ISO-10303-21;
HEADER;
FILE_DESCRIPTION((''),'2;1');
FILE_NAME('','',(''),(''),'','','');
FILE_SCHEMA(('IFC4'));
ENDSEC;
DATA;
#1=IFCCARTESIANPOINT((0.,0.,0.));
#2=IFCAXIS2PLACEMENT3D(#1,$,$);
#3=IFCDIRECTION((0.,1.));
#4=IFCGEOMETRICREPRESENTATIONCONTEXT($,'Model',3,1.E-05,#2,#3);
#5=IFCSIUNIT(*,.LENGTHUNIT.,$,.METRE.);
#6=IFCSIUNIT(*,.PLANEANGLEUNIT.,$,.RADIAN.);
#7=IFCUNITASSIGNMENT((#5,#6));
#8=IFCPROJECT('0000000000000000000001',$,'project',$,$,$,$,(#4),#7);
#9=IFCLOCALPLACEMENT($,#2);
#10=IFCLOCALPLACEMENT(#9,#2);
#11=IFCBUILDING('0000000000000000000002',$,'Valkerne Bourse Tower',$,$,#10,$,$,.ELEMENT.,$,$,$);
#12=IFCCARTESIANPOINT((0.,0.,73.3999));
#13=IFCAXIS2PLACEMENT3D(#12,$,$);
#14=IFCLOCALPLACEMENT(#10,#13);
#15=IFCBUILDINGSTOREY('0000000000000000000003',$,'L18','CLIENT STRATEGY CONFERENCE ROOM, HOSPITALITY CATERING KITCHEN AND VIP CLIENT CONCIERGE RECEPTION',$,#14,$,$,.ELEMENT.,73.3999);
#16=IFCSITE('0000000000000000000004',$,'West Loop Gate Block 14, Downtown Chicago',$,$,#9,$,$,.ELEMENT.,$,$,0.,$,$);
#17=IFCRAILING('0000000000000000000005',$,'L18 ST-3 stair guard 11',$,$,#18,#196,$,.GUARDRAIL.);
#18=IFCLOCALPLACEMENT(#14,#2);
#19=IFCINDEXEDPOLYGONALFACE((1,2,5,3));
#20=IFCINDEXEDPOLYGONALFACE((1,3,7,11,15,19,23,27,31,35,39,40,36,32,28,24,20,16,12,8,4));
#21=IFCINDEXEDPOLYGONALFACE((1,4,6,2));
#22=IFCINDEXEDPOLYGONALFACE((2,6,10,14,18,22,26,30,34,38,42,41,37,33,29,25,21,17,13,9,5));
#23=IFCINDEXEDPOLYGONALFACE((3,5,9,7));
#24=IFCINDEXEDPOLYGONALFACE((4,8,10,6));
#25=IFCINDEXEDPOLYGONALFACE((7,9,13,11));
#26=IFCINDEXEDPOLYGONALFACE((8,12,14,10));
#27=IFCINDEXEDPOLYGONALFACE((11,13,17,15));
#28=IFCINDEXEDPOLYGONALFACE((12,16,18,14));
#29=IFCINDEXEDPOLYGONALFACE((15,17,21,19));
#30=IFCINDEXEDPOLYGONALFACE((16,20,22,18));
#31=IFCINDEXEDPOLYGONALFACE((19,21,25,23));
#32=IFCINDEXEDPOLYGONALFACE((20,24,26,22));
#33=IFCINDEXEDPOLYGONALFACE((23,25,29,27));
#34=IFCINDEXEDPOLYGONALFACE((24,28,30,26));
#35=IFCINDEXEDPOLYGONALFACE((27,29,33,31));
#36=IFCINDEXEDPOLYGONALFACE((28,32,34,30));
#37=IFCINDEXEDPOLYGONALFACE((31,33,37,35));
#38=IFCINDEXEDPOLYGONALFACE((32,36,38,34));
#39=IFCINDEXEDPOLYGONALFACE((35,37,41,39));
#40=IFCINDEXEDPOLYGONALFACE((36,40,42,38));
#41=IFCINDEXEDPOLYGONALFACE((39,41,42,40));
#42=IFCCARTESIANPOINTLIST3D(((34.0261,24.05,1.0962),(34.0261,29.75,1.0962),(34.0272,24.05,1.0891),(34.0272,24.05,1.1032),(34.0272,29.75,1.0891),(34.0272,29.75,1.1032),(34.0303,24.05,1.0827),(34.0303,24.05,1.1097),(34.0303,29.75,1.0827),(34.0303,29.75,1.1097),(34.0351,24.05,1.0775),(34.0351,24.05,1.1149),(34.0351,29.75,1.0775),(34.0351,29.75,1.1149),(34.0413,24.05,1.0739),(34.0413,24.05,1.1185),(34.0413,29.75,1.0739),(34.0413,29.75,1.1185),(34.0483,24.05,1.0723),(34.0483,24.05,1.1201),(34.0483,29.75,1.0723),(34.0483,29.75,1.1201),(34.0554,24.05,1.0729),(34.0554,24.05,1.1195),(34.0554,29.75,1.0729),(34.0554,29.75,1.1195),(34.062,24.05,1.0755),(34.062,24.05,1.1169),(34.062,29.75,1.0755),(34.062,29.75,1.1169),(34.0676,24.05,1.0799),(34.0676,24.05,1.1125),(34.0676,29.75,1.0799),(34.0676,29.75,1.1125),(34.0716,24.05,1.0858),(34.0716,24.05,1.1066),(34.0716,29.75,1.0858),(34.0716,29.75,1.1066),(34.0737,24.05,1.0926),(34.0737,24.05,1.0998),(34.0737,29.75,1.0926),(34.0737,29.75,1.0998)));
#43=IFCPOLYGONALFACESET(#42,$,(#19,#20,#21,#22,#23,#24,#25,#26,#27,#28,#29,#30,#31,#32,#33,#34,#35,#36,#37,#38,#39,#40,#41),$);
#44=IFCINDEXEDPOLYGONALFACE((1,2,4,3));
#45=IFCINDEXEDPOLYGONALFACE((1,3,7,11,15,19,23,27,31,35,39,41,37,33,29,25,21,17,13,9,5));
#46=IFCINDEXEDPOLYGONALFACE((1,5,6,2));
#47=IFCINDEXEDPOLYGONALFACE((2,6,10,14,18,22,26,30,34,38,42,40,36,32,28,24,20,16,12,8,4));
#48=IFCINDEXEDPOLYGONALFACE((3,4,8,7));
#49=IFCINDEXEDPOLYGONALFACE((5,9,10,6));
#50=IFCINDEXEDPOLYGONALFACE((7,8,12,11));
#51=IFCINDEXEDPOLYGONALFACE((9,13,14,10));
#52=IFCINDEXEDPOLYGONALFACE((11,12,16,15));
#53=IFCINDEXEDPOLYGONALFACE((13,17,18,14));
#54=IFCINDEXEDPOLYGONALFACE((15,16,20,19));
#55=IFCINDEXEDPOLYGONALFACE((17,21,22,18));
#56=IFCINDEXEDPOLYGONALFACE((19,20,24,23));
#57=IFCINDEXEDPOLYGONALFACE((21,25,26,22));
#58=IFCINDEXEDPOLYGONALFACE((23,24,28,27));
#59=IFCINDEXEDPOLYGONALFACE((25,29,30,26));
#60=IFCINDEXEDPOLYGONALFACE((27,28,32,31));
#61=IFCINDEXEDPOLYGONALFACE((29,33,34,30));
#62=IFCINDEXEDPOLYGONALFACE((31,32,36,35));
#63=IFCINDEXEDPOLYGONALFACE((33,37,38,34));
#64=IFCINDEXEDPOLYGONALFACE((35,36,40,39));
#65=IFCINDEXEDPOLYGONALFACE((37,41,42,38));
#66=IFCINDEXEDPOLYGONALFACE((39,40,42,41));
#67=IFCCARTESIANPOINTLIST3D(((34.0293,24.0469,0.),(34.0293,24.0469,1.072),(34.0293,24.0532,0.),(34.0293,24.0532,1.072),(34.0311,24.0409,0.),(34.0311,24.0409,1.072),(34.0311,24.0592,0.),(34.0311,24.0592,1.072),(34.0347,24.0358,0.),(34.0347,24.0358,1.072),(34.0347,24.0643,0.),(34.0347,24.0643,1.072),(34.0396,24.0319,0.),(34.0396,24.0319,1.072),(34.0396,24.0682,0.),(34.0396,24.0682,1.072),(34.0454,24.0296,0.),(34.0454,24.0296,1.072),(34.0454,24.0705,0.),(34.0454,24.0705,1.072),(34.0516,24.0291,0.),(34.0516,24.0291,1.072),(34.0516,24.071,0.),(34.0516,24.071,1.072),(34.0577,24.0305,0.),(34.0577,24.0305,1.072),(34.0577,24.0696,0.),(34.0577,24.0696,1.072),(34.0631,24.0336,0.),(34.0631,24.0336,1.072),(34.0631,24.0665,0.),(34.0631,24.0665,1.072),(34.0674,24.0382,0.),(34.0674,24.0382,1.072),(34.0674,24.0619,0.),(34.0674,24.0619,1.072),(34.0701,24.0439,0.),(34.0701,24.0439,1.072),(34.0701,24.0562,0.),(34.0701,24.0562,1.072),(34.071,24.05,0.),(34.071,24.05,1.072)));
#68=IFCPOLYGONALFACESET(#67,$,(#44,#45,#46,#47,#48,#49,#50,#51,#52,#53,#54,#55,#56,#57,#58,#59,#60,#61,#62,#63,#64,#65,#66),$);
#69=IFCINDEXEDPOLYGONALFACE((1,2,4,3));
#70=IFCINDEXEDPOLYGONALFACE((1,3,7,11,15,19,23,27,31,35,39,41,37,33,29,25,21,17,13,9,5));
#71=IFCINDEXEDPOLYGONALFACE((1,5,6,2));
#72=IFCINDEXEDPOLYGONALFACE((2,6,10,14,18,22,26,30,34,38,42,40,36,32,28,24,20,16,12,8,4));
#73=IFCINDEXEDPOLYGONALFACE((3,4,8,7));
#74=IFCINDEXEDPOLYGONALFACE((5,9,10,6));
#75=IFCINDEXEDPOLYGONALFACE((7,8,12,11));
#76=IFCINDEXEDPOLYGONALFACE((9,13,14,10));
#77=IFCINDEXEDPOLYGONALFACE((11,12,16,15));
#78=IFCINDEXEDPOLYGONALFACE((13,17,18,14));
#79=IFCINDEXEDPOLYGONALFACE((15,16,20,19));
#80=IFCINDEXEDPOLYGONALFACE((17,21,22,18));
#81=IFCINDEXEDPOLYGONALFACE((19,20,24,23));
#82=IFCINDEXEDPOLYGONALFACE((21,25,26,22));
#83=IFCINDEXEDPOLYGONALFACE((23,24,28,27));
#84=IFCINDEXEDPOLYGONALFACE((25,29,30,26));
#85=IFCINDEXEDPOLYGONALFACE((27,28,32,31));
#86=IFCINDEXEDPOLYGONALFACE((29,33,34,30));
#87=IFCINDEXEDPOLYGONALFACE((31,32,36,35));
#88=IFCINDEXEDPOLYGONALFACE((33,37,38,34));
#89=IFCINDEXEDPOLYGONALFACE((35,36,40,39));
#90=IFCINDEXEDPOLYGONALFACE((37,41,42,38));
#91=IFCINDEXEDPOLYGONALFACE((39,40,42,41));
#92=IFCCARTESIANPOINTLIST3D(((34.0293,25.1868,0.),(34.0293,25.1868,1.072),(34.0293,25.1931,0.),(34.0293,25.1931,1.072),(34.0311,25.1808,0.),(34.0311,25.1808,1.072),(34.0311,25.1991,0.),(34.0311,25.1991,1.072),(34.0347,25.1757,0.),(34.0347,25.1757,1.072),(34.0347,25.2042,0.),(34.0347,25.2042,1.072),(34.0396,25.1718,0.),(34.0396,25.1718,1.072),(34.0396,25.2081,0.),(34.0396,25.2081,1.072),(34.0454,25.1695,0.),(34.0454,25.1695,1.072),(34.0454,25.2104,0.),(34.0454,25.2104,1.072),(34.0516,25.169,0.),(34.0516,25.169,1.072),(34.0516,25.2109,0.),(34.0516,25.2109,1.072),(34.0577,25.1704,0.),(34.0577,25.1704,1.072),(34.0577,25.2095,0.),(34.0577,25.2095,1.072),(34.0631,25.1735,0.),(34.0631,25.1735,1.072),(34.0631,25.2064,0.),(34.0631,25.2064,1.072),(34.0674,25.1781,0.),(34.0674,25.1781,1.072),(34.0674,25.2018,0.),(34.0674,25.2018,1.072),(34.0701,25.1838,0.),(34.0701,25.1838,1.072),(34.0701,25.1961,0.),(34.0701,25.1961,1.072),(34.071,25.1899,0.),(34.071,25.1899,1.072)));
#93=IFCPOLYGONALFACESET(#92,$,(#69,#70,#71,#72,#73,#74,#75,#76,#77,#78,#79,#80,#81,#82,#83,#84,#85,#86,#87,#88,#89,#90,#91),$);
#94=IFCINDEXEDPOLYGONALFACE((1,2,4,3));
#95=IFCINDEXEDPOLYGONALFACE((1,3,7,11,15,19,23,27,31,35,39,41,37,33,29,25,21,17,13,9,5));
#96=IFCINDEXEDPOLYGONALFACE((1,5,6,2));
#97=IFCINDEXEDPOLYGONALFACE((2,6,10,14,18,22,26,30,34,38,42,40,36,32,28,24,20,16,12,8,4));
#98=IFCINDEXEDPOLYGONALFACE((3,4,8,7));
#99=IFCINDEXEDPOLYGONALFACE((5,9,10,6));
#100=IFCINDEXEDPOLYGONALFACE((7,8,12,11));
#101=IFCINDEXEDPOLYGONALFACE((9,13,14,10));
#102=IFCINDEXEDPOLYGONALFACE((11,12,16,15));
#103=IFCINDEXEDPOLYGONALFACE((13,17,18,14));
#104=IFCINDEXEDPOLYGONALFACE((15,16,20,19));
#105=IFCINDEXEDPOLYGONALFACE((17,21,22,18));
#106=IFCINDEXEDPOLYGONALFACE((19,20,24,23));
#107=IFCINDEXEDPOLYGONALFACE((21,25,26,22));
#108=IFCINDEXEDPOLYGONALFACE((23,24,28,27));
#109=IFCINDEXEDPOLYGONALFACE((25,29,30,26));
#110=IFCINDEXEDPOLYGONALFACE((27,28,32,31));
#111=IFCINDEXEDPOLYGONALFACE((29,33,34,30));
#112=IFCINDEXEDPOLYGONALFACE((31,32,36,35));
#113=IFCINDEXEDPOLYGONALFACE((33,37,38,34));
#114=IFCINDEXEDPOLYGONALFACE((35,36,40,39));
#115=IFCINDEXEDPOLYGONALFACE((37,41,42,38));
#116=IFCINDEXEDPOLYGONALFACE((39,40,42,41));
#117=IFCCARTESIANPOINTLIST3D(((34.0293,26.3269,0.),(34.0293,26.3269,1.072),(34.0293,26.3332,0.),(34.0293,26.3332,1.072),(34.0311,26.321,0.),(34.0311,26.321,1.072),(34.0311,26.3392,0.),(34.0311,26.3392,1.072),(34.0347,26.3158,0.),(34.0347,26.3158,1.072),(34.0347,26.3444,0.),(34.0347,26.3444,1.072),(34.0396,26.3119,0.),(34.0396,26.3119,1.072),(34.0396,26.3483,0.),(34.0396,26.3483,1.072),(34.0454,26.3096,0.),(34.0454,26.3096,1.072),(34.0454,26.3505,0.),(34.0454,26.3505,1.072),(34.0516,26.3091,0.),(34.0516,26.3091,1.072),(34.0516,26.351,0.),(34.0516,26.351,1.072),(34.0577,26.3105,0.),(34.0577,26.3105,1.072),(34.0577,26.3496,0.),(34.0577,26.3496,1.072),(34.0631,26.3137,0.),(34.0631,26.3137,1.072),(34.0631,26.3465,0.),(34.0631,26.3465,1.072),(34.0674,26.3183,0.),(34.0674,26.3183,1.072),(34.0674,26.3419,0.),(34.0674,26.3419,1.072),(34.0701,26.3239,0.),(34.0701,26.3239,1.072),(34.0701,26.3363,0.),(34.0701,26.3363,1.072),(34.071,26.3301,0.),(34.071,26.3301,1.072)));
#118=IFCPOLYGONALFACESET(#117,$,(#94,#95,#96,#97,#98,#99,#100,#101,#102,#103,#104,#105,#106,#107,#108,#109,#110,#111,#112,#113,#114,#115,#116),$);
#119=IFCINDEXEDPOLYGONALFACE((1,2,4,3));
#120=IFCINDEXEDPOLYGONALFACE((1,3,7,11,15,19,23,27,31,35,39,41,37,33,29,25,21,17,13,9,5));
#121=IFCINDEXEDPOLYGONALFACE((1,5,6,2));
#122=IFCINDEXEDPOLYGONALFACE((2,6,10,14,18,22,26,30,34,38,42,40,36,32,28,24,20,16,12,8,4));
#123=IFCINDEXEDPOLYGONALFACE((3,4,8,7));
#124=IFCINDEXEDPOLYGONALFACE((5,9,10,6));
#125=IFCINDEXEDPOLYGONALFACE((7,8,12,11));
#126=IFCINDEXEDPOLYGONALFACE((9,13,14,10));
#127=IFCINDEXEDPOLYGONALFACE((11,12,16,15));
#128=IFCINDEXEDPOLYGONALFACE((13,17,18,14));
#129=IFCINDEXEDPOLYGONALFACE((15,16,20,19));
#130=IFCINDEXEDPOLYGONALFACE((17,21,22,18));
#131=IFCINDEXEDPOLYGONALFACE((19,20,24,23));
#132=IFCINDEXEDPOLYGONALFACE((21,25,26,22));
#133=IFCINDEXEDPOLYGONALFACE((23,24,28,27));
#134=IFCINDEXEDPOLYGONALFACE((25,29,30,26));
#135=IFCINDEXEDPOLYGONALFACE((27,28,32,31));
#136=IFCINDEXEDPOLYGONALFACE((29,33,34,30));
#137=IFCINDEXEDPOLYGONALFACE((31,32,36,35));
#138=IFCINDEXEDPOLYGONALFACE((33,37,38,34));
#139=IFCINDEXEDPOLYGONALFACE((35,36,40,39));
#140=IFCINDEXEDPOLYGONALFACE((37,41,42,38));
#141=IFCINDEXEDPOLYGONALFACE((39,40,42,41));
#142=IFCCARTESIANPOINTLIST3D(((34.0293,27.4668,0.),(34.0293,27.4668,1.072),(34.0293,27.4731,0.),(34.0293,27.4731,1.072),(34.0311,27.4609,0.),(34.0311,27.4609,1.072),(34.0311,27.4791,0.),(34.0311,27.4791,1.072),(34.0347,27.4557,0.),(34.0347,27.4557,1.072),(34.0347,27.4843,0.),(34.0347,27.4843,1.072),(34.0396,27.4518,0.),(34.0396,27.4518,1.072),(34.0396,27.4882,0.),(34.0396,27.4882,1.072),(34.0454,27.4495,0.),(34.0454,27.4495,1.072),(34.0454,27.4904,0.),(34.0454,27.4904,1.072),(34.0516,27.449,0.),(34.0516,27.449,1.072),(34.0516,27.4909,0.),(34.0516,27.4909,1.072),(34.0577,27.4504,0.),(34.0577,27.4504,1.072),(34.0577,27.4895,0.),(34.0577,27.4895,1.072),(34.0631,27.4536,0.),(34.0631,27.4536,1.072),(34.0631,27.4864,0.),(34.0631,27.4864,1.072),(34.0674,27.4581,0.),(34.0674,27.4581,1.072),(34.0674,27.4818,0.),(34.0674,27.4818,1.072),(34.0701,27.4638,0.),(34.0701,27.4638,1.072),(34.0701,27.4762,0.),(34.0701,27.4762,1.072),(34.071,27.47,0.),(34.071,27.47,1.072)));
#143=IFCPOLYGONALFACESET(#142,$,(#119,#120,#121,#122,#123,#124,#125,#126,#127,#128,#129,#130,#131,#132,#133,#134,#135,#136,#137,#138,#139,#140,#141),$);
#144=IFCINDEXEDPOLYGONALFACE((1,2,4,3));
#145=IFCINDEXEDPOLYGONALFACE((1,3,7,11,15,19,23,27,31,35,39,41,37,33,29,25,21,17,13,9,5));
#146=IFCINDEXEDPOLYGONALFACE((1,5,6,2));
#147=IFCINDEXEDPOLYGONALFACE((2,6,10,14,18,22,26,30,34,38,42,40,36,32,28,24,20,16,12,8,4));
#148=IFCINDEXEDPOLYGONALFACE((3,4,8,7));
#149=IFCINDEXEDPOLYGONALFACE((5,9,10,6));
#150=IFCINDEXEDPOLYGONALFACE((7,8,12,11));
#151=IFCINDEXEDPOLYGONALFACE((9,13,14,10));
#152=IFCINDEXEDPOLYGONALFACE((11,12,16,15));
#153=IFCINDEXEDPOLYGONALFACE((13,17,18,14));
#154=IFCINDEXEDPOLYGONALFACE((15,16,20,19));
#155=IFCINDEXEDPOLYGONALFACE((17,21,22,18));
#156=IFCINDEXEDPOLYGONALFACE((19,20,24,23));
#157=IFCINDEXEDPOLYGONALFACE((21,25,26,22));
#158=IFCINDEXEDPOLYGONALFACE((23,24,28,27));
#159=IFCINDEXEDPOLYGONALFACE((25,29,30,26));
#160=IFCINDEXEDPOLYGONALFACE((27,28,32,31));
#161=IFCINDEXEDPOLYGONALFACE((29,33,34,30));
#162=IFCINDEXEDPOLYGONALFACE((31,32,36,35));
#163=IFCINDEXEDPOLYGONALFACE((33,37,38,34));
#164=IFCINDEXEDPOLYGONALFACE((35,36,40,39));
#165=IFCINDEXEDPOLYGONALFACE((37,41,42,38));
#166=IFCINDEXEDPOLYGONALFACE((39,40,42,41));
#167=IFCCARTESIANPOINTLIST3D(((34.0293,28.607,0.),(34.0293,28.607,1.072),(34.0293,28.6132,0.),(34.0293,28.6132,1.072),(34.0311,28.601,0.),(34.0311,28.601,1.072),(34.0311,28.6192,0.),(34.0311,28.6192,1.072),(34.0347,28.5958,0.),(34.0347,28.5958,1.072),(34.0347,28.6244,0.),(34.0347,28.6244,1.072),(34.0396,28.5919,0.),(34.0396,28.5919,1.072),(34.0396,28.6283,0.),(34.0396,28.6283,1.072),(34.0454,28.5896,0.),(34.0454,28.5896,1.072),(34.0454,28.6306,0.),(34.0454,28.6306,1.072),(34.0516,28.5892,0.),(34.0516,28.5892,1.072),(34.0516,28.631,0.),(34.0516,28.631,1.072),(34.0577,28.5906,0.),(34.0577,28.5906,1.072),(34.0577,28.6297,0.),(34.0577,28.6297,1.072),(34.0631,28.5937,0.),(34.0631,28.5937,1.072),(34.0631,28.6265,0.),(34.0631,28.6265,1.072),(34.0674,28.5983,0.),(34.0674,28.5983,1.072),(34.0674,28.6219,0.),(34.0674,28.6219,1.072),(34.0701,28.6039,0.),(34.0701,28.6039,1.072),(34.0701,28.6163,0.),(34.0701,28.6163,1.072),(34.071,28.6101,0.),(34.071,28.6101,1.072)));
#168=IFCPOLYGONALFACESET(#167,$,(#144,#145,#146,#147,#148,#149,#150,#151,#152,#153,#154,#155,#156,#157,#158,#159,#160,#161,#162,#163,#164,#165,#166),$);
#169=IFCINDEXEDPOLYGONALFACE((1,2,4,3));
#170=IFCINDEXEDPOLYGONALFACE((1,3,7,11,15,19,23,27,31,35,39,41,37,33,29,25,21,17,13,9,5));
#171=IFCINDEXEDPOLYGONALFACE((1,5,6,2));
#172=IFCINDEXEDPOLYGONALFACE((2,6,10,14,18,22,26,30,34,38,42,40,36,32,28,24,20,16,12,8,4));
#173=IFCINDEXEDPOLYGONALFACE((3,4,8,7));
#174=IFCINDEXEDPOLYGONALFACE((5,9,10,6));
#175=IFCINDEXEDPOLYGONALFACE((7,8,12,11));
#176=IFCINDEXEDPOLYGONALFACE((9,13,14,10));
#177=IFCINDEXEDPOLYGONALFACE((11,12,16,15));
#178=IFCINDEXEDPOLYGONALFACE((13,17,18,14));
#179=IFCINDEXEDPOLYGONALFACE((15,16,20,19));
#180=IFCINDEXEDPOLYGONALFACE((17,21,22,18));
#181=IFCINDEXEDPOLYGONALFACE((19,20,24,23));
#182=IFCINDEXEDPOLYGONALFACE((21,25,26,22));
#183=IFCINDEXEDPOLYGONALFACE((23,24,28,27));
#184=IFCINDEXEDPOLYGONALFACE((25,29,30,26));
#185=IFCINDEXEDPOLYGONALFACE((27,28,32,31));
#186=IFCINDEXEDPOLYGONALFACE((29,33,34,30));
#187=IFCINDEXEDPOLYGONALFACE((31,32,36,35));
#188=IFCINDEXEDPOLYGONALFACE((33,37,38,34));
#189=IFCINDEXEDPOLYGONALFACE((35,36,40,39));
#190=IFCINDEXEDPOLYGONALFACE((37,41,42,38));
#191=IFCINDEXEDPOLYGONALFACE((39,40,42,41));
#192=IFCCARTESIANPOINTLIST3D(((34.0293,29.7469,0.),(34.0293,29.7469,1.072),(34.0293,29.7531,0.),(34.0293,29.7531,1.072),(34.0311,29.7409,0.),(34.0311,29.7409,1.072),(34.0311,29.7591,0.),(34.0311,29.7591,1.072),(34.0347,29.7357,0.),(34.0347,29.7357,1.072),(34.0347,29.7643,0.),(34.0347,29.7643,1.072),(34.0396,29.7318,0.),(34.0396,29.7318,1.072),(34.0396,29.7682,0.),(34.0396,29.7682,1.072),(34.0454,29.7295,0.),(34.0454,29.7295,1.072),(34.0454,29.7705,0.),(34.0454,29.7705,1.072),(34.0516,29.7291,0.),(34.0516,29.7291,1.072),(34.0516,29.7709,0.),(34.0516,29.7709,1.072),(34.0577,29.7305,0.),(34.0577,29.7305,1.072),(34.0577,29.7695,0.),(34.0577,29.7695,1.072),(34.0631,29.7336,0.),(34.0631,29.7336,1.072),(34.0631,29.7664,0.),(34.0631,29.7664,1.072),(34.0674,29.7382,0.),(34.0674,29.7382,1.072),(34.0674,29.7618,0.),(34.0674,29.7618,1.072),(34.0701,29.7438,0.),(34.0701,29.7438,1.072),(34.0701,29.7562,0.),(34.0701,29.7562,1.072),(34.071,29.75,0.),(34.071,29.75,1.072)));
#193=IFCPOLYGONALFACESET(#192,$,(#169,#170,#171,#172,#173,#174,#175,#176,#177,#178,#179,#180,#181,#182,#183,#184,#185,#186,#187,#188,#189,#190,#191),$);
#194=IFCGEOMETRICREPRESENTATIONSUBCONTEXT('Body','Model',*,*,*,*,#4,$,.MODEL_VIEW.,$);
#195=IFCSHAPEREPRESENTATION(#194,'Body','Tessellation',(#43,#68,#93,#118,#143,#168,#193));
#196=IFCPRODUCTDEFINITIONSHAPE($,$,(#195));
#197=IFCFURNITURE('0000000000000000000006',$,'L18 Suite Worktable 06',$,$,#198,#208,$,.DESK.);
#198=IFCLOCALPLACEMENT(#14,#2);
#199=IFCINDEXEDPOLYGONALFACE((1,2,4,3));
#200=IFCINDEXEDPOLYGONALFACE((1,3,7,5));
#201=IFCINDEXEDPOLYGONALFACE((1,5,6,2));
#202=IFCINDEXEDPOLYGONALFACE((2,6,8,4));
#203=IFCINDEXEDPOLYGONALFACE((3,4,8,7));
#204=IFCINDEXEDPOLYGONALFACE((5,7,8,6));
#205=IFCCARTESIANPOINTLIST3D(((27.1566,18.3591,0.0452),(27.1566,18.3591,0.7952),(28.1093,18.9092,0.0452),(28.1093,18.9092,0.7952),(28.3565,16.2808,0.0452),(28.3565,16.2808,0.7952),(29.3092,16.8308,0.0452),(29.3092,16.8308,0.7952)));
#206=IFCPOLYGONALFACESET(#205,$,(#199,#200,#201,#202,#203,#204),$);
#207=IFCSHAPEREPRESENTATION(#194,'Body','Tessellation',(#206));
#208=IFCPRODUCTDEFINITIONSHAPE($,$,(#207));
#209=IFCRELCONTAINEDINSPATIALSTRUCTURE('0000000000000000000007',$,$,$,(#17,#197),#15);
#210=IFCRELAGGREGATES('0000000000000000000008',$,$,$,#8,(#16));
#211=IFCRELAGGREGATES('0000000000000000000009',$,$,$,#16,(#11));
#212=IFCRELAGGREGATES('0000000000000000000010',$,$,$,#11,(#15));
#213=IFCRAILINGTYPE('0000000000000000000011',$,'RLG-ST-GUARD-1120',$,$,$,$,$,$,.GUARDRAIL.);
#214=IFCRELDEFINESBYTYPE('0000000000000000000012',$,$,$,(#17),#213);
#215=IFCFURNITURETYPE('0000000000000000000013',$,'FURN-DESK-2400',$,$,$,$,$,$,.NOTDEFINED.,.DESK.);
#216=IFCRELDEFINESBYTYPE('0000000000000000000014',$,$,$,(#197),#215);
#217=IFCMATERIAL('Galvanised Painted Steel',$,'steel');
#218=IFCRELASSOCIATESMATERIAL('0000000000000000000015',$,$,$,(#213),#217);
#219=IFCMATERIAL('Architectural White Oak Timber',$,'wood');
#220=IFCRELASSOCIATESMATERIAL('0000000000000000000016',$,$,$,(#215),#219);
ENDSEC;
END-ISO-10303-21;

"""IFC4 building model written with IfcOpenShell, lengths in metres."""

from ifc_helpers import new_model, si_unit, direction, frame, origin, origin_2d, place, context, subcontext, project, spatial, rectangle, circle, extrude, material, type_object, element, save


model = new_model("IFC4")

# Units and contexts
model_context = context("Model", 3, precision=1e-05, world=origin(), true_north=direction((0.0, 1.0)))
body_context = subcontext(model_context, "Body", "Model", "MODEL_VIEW")
ifc_project = project(units=[si_unit("LENGTHUNIT", "METRE"), si_unit("PLANEANGLEUNIT", "RADIAN")], contexts=[model_context])

# Site, building, storey
site_placement = place(None, origin())
site = spatial("IfcSite", under=ifc_project, at=site_placement, Name="West Loop Gate Block 14, Downtown Chicago", CompositionType="ELEMENT", RefElevation=0.0)
building_placement = place(site_placement, origin())
building = spatial("IfcBuilding", under=site, at=building_placement, Name="Valkerne Bourse Tower", CompositionType="ELEMENT")
storey_placement = place(building_placement, frame((0.0, 0.0, 73.3999)))
storey = spatial("IfcBuildingStorey", under=building, at=storey_placement, Name="L18", Description="CLIENT STRATEGY CONFERENCE ROOM, HOSPITALITY CATERING KITCHEN AND VIP CLIENT CONCIERGE RECEPTION", CompositionType="ELEMENT", Elevation=73.3999)

# Shared definitions
ifc_material_1 = material(Name="Galvanised Painted Steel", Category="steel")

# Railing
railing_type = type_object("IfcRailingType", Name="RLG-ST-GUARD-1120", PredefinedType="GUARDRAIL", material=ifc_material_1)
railing_1_placement = place(storey_placement, frame((34.05, 24.05, 0.0)))
element("IfcRailing", 1, at=railing_1_placement, inside=storey, type_object=railing_type, Name="L18 ST-3 stair guard 11", PredefinedType="GUARDRAIL", context=body_context, shape_type="SweptSolid", body=[
    extrude(circle(Radius=0.0239, at=origin_2d()), frame((0.0, 0.0, 1.0962), z_axis=(0.0, 1.0, 0.0), x_axis=(-1.0, 0.0, 0.0)), (0.0, 0.0, 1.0), 5.7),
    extrude(circle(Radius=0.021, at=origin_2d()), origin(), (0.0, 0.0, 1.0), 1.072),
    extrude(circle(Radius=0.021, at=origin_2d()), frame((0.0, 1.1399, 0.0)), (0.0, 0.0, 1.0), 1.072),
    extrude(circle(Radius=0.021, at=origin_2d()), frame((0.0, 2.28, 0.0)), (0.0, 0.0, 1.0), 1.072),
    extrude(circle(Radius=0.021, at=origin_2d()), frame((0.0, 3.4199, 0.0)), (0.0, 0.0, 1.0), 1.072),
    extrude(circle(Radius=0.021, at=origin_2d()), frame((0.0, 4.5601, 0.0)), (0.0, 0.0, 1.0), 1.072),
    extrude(circle(Radius=0.021, at=origin_2d()), frame((0.0, 5.7, 0.0)), (0.0, 0.0, 1.0), 1.072),
])

# Furniture
ifc_material_2 = material(Name="Architectural White Oak Timber", Category="wood")
furniture_type = type_object("IfcFurnitureType", Name="FURN-DESK-2400", AssemblyPlace="NOTDEFINED", PredefinedType="DESK", material=ifc_material_2)
furniture_placement = place(storey_placement, frame((28.2329, 17.595, 0.0452), z_axis=(0.0, 0.0, 1.0), x_axis=(-0.5, 0.866025, 0.0)))
element("IfcFurniture", 2, at=furniture_placement, inside=storey, type_object=furniture_type, Name="L18 Suite Worktable 06", PredefinedType="DESK", context=body_context, shape_type="SweptSolid", body=[
    extrude(rectangle(XDim=2.3999, YDim=1.1001, at=origin_2d()), origin(), (0.0, 0.0, 1.0), 0.75),
])

save(model, "model.ifc")
